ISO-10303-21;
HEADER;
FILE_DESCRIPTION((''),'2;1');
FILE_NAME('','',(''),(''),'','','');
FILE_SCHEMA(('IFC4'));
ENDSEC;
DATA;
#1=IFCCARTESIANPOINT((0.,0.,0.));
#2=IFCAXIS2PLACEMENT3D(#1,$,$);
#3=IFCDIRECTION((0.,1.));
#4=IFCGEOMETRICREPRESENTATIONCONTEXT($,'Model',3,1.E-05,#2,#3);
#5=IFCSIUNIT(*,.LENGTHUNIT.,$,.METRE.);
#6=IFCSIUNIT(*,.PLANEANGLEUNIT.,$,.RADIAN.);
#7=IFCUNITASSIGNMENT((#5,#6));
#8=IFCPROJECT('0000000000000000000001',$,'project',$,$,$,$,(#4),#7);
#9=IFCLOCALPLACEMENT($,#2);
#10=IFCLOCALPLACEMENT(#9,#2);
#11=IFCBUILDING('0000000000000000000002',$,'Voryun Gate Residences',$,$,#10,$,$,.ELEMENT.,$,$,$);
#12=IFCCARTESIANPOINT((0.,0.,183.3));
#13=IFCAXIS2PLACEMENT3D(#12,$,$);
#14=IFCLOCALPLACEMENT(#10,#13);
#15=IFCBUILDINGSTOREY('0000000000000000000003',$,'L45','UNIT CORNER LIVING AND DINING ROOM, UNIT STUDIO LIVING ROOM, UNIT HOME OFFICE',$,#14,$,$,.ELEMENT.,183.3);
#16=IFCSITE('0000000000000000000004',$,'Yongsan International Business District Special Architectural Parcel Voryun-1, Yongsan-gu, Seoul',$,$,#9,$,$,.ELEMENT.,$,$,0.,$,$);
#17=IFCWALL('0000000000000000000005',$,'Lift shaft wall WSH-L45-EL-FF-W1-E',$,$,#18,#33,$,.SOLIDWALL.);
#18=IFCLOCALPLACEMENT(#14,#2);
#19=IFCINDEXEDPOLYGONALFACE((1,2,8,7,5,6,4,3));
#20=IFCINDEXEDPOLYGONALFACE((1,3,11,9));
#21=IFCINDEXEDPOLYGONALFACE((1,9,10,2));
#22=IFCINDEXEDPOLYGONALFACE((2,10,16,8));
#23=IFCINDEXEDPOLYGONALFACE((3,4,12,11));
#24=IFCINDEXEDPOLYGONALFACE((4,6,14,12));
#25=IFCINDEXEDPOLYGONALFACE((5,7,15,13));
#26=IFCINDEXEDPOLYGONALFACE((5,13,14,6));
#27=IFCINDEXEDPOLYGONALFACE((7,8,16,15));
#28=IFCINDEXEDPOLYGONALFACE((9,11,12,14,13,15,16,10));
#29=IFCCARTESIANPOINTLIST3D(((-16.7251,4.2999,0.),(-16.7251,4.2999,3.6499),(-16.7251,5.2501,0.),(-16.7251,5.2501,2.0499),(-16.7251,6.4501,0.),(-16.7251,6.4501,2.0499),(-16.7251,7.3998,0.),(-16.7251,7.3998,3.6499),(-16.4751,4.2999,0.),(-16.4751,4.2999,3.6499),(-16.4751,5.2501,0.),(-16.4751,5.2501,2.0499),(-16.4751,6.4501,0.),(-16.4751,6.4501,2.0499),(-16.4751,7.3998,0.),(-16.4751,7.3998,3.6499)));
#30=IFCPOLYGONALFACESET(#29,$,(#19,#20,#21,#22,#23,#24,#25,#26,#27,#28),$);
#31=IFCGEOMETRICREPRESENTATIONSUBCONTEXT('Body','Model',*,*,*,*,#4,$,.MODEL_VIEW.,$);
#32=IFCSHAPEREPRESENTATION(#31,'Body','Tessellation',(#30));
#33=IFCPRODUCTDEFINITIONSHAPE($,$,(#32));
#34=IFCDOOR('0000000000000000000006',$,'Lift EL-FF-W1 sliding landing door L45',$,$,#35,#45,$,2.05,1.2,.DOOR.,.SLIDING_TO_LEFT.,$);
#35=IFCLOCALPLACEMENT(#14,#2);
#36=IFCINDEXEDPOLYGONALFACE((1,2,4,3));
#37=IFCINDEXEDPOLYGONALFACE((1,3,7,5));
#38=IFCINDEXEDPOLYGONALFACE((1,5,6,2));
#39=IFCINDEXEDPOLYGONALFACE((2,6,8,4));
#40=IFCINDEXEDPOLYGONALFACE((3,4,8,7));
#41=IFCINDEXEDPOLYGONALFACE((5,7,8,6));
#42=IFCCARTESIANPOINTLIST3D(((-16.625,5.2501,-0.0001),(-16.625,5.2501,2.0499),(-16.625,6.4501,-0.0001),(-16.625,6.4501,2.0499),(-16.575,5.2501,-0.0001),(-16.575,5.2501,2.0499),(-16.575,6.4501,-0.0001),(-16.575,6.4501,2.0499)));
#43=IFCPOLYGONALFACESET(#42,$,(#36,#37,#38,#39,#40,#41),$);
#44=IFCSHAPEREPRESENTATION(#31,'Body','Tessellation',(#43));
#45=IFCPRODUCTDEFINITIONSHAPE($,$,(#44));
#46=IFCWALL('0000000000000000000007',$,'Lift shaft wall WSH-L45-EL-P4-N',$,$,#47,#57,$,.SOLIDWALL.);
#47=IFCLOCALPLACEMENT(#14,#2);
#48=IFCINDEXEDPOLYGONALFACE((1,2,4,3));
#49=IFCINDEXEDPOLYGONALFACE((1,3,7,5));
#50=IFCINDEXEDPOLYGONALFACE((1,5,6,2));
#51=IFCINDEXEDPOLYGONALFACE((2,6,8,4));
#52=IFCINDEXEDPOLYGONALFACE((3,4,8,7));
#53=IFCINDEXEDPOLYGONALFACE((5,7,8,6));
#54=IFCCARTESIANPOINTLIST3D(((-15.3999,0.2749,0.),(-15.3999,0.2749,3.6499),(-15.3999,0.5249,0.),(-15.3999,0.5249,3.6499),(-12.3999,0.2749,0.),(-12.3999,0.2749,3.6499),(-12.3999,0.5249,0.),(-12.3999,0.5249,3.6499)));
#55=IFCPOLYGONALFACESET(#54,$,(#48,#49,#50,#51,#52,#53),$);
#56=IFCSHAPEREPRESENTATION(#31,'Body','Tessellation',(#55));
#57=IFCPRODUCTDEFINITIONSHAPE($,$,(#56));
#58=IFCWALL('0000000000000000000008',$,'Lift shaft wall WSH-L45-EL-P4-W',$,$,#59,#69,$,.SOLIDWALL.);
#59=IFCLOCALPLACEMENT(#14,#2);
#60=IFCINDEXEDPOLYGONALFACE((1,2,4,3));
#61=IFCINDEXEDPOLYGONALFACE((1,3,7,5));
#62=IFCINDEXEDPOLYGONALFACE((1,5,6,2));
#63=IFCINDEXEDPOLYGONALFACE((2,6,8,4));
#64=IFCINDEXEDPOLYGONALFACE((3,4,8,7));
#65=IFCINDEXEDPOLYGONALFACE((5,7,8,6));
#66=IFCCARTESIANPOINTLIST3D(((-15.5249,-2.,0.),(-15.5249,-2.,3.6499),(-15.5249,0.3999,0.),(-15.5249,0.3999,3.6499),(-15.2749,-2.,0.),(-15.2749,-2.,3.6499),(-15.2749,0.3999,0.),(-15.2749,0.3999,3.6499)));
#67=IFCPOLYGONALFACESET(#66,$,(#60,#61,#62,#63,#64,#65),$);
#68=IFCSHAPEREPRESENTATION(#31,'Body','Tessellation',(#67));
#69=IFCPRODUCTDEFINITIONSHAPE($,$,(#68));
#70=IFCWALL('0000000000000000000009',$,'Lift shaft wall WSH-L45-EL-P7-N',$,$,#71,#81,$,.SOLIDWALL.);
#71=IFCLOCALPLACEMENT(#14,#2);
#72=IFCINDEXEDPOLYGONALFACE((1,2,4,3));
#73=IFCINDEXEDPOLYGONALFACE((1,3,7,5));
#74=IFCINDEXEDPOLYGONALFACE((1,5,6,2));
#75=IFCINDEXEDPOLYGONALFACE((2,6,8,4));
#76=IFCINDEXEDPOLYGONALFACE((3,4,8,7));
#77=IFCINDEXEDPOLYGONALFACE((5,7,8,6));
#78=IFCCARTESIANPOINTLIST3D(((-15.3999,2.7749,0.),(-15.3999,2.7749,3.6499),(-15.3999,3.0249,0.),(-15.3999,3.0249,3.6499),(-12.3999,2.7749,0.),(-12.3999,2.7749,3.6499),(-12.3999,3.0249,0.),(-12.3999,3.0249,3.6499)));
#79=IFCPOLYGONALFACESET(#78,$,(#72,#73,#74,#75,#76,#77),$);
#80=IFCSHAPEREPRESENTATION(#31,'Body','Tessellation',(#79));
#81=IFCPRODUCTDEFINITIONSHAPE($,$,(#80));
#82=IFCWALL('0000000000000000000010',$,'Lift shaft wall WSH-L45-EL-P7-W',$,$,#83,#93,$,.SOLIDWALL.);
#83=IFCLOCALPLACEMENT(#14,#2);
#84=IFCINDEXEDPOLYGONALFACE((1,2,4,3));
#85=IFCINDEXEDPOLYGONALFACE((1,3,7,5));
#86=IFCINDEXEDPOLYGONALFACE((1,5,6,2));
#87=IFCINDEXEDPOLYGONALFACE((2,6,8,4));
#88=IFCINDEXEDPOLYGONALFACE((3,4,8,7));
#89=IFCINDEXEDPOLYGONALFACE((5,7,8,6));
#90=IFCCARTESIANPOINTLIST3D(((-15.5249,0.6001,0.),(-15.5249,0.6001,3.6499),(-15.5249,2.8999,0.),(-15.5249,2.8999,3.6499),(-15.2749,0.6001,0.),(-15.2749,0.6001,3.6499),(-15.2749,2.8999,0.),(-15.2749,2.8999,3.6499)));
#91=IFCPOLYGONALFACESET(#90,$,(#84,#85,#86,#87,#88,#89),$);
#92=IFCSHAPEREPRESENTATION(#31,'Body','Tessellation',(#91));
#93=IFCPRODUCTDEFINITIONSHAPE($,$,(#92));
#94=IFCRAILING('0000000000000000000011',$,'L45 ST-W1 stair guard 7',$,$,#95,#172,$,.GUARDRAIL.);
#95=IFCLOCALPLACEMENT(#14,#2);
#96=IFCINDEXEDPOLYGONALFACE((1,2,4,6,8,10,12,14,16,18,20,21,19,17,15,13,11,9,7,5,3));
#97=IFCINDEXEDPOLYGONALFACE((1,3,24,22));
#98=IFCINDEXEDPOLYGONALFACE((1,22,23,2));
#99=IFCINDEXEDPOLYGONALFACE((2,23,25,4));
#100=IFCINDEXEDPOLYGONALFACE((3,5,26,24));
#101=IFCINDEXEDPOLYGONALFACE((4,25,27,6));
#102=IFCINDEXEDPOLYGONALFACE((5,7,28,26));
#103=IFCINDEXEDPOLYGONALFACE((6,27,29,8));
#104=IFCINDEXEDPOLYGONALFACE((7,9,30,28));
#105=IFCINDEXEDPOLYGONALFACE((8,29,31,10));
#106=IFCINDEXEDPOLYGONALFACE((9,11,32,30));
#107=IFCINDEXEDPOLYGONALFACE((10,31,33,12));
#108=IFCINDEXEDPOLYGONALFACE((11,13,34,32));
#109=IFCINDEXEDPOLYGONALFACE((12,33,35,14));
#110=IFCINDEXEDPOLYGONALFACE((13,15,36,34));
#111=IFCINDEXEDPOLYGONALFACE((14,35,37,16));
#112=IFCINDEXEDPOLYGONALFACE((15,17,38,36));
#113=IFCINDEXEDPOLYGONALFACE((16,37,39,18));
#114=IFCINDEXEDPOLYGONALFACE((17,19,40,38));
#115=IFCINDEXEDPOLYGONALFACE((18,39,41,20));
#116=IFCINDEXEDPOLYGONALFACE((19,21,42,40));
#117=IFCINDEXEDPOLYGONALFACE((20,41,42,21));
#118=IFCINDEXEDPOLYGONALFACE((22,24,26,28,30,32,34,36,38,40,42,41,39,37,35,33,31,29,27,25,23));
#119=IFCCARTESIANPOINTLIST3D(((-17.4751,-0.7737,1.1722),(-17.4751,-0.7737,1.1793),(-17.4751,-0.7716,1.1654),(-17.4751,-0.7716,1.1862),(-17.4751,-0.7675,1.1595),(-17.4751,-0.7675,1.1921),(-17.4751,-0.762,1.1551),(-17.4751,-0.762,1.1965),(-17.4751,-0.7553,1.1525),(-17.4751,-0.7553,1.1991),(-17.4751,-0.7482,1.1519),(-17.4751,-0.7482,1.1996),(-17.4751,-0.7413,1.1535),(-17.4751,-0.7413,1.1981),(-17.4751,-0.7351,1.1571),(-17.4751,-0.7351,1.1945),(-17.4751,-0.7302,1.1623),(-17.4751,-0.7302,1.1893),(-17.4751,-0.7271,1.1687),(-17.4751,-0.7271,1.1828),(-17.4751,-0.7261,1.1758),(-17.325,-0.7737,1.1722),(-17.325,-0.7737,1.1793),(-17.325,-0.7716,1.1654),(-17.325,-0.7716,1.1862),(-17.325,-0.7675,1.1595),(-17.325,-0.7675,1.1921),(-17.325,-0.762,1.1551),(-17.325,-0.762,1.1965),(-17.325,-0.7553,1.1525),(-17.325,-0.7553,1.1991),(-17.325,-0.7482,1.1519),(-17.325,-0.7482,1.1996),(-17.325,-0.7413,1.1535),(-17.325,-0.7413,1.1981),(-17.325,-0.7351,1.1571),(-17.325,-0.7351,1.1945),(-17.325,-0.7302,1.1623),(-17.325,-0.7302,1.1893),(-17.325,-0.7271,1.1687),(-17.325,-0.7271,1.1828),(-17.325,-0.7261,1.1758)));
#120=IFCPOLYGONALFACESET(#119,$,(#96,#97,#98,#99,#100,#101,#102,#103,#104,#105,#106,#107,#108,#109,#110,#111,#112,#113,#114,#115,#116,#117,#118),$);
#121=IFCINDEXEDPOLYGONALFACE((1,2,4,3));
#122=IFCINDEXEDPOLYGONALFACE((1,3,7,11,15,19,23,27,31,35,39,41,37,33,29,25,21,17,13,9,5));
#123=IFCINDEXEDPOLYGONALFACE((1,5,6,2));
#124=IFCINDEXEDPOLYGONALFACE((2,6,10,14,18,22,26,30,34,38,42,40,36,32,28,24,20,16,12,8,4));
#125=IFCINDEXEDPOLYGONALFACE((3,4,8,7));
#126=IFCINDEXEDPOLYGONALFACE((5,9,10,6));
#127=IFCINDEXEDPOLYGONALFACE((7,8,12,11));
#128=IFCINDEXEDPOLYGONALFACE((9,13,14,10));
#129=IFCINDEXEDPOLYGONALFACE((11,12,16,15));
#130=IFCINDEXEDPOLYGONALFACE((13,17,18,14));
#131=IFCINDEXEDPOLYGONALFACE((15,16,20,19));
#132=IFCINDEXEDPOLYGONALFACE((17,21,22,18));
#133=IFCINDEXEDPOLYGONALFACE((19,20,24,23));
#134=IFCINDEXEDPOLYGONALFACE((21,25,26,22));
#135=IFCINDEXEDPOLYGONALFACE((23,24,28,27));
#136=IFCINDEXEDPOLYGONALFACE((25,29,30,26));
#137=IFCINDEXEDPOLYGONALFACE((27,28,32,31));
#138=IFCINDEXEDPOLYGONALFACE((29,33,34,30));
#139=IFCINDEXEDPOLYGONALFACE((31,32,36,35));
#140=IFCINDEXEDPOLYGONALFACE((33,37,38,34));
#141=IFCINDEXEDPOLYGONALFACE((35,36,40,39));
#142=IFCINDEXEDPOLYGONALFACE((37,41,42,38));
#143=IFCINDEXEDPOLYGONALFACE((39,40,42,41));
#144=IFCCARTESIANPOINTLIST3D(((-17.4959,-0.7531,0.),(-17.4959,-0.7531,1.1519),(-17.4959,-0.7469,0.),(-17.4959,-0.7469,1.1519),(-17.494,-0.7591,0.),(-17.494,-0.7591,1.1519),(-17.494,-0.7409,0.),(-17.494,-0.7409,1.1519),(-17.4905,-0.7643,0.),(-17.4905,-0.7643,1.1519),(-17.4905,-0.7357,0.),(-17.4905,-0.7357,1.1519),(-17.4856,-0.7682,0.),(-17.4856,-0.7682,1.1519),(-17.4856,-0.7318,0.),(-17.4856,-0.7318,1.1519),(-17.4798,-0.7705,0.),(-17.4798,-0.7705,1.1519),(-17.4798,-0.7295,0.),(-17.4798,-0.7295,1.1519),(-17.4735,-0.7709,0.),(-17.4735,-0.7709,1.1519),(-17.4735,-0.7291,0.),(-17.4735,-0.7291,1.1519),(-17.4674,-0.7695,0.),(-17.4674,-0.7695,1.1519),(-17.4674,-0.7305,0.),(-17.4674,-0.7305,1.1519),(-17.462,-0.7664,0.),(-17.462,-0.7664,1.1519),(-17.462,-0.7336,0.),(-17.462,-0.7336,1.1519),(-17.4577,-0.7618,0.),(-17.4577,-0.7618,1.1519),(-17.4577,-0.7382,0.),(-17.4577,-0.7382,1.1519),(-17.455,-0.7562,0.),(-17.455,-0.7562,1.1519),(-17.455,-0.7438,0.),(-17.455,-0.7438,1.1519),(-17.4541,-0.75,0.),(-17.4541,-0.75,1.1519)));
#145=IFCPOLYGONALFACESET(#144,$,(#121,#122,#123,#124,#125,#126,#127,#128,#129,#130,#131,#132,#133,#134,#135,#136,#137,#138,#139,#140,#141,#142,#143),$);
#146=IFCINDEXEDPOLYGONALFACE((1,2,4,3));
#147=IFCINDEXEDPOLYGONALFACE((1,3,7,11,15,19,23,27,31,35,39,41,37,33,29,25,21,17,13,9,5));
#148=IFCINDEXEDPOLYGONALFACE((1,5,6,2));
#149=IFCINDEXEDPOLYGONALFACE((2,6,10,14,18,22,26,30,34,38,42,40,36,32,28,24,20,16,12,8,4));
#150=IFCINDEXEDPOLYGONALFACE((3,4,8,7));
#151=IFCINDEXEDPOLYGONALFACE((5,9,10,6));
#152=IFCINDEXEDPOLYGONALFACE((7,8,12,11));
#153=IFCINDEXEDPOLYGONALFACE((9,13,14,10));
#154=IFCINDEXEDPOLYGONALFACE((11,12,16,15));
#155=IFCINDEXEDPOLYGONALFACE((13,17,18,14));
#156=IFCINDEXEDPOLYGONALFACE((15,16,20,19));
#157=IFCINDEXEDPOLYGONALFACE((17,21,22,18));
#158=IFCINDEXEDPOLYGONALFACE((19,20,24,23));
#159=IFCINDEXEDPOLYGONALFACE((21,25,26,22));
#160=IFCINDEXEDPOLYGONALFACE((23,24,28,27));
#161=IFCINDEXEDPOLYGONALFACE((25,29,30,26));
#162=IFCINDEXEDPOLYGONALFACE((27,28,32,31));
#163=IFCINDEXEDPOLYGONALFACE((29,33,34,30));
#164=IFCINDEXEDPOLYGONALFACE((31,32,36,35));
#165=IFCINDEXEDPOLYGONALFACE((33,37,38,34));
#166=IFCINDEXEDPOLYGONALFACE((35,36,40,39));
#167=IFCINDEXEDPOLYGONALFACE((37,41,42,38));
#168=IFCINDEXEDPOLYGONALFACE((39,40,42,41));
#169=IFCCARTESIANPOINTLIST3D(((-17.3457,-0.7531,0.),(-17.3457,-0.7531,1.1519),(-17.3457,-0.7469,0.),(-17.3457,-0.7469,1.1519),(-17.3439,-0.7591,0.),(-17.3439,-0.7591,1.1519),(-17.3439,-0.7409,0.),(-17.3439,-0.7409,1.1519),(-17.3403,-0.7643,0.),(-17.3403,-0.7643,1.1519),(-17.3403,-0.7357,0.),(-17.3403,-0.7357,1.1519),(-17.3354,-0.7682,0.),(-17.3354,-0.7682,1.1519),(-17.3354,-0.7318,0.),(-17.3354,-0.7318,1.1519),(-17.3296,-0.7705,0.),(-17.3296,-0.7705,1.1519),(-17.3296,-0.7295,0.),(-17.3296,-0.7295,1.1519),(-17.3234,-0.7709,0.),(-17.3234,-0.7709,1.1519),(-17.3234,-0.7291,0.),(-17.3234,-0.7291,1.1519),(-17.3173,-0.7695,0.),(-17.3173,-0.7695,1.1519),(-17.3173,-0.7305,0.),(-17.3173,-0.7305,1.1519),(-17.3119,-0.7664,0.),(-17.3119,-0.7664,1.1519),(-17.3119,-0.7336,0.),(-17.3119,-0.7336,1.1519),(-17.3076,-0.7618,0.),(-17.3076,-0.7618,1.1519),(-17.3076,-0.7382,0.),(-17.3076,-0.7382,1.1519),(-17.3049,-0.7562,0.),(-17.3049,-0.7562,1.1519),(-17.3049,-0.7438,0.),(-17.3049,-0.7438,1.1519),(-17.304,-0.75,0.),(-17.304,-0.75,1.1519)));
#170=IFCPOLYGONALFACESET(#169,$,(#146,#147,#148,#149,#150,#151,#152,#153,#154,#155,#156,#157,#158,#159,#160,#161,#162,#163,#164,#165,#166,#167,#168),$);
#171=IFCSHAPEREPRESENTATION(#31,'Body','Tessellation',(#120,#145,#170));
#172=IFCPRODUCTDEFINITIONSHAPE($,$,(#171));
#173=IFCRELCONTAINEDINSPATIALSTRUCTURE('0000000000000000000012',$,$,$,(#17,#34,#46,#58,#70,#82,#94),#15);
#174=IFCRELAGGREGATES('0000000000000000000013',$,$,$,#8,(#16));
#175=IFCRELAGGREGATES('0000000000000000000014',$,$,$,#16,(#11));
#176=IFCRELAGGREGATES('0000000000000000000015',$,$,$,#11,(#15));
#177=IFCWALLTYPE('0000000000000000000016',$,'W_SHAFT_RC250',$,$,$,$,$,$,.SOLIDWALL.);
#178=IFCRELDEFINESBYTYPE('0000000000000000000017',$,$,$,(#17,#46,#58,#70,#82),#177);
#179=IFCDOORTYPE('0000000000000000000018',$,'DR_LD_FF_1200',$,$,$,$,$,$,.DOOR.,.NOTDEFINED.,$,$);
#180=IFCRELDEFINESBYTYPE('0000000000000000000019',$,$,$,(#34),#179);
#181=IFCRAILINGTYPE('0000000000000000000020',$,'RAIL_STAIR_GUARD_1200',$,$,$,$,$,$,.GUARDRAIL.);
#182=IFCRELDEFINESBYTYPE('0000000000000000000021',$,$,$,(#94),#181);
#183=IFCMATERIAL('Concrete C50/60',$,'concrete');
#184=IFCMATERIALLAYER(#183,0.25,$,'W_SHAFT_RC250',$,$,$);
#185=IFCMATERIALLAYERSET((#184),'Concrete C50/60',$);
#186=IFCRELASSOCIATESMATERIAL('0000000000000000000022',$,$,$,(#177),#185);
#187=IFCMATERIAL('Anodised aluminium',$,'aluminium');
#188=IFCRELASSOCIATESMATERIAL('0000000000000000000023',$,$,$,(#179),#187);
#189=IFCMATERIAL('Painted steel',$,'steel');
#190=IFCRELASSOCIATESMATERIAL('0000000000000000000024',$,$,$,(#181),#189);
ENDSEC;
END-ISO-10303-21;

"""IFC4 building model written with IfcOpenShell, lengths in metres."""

from ifc_helpers import new_model, si_unit, direction, frame, frame_2d, origin, origin_2d, place, context, subcontext, project, spatial, rectangle, circle, extrude, material, layer, layer_set, type_object, element, fill, save


model = new_model("IFC4")

# Units and contexts
model_context = context("Model", 3, precision=1e-05, world=origin(), true_north=direction((0.0, 1.0)))
body_context = subcontext(model_context, "Body", "Model", "MODEL_VIEW")
ifc_project = project(units=[si_unit("LENGTHUNIT", "METRE"), si_unit("PLANEANGLEUNIT", "RADIAN")], contexts=[model_context])

# Site, building, storey
site_placement = place(None, origin())
site = spatial("IfcSite", under=ifc_project, at=site_placement, Name="Yongsan International Business District Special Architectural Parcel Voryun-1, Yongsan-gu, Seoul", CompositionType="ELEMENT", RefElevation=0.0)
building_placement = place(site_placement, origin())
building = spatial("IfcBuilding", under=site, at=building_placement, Name="Voryun Gate Residences", CompositionType="ELEMENT")
storey_placement = place(building_placement, frame((0.0, 0.0, 183.3)))
storey = spatial("IfcBuildingStorey", under=building, at=storey_placement, Name="L45", Description="UNIT CORNER LIVING AND DINING ROOM, UNIT STUDIO LIVING ROOM, UNIT HOME OFFICE", CompositionType="ELEMENT", Elevation=183.3)

# Wall, opening, door
ifc_material_1 = material(Name="Concrete C50/60", Category="concrete")
ifc_layer_1 = layer(ifc_material_1, 0.25, Name="W_SHAFT_RC250")
ifc_layer_set_1 = layer_set([ifc_layer_1], Name="Concrete C50/60")
wall_type_1 = type_object("IfcWallType", Name="W_SHAFT_RC250", PredefinedType="SOLIDWALL", material=ifc_layer_set_1)
wall_1_placement = place(storey_placement, frame((-16.6001, 4.3, 0.0), z_axis=(0.0, 0.0, 1.0), x_axis=(0.0, 1.0, 0.0)))
wall_1 = element("IfcWall", 1, at=wall_1_placement, inside=storey, type_object=wall_type_1, Name="Lift shaft wall WSH-L45-EL-FF-W1-E", PredefinedType="SOLIDWALL", context=body_context, shape_type="SweptSolid", body=[
    extrude(rectangle(XDim=3.0999, YDim=0.25, at=frame_2d((1.5498, 0.0))), origin(), (0.0, 0.0, 1.0), 3.6499),
])
opening_1_placement = place(wall_1_placement, frame((0.95, 0.0, 0.0)))
opening_1 = element("IfcOpeningElement", 2, at=opening_1_placement, cuts=wall_1, PredefinedType="OPENING", context=body_context, shape_type="SweptSolid", body=[
    extrude(rectangle(XDim=1.2, YDim=2.05, at=frame_2d((0.6001, 1.0249))), frame((0.0, 0.135, 0.0), z_axis=(0.0, -1.0, 0.0), x_axis=(1.0, 0.0, 0.0)), (0.0, 0.0, 1.0), 0.27),
])
ifc_material_2 = material(Name="Anodised aluminium", Category="aluminium")
door_type_1 = type_object("IfcDoorType", Name="DR_LD_FF_1200", OperationType="NOTDEFINED", PredefinedType="DOOR", material=ifc_material_2)
door_1_placement = place(opening_1_placement, origin())
door_1 = element("IfcDoor", 3, at=door_1_placement, inside=storey, type_object=door_type_1, Name="Lift EL-FF-W1 sliding landing door L45", OperationType="SLIDING_TO_LEFT", OverallHeight=2.05, OverallWidth=1.2, PredefinedType="DOOR", context=body_context, shape_type="SweptSolid", body=[
    extrude(rectangle(XDim=1.2, YDim=2.05, at=frame_2d((0.6001, 1.0249))), frame((0.0, 0.0249, 0.0), z_axis=(0.0, -1.0, 0.0), x_axis=(1.0, 0.0, 0.0)), (0.0, 0.0, 1.0), 0.05),
])
fill(opening_1, door_1)

# Walls
wall_2_placement = place(storey_placement, frame((-12.3999, 0.3999, 0.0), z_axis=(0.0, 0.0, 1.0), x_axis=(-1.0, 0.0, 0.0)))
element("IfcWall", 4, at=wall_2_placement, inside=storey, type_object=wall_type_1, Name="Lift shaft wall WSH-L45-EL-P4-N", PredefinedType="SOLIDWALL", context=body_context, shape_type="SweptSolid", body=[
    extrude(rectangle(XDim=3.0, YDim=0.25, at=frame_2d((1.5, 0.0))), origin(), (0.0, 0.0, 1.0), 3.6499),
])
wall_3_placement = place(storey_placement, frame((-15.3999, 0.3999, 0.0), z_axis=(0.0, 0.0, 1.0), x_axis=(0.0, -1.0, 0.0)))
element("IfcWall", 5, at=wall_3_placement, inside=storey, type_object=wall_type_1, Name="Lift shaft wall WSH-L45-EL-P4-W", PredefinedType="SOLIDWALL", context=body_context, shape_type="SweptSolid", body=[
    extrude(rectangle(XDim=2.3999, YDim=0.25, at=frame_2d((1.2, 0.0))), origin(), (0.0, 0.0, 1.0), 3.6499),
])
wall_4_placement = place(storey_placement, frame((-12.3999, 2.8999, 0.0), z_axis=(0.0, 0.0, 1.0), x_axis=(-1.0, 0.0, 0.0)))
element("IfcWall", 6, at=wall_4_placement, inside=storey, type_object=wall_type_1, Name="Lift shaft wall WSH-L45-EL-P7-N", PredefinedType="SOLIDWALL", context=body_context, shape_type="SweptSolid", body=[
    extrude(rectangle(XDim=3.0, YDim=0.25, at=frame_2d((1.5, 0.0))), origin(), (0.0, 0.0, 1.0), 3.6499),
])
wall_5_placement = place(storey_placement, frame((-15.3999, 2.8999, 0.0), z_axis=(0.0, 0.0, 1.0), x_axis=(0.0, -1.0, 0.0)))
element("IfcWall", 7, at=wall_5_placement, inside=storey, type_object=wall_type_1, Name="Lift shaft wall WSH-L45-EL-P7-W", PredefinedType="SOLIDWALL", context=body_context, shape_type="SweptSolid", body=[
    extrude(rectangle(XDim=2.2998, YDim=0.25, at=frame_2d((1.1499, 0.0))), origin(), (0.0, 0.0, 1.0), 3.6499),
])

# Railing
ifc_material_3 = material(Name="Painted steel", Category="steel")
railing_type = type_object("IfcRailingType", Name="RAIL_STAIR_GUARD_1200", PredefinedType="GUARDRAIL", material=ifc_material_3)
railing_1_placement = place(storey_placement, frame((-17.4751, -0.75, 0.0)))
element("IfcRailing", 8, at=railing_1_placement, inside=storey, type_object=railing_type, Name="L45 ST-W1 stair guard 7", PredefinedType="GUARDRAIL", context=body_context, shape_type="SweptSolid", body=[
    extrude(circle(Radius=0.0239, at=origin_2d()), frame((0.0, 0.0, 1.1758), z_axis=(1.0, 0.0, 0.0), x_axis=(0.0, 1.0, 0.0)), (0.0, 0.0, 1.0), 0.1501),
    extrude(circle(Radius=0.021, at=origin_2d()), origin(), (0.0, 0.0, 1.0), 1.1519),
    extrude(circle(Radius=0.021, at=origin_2d()), frame((0.1501, 0.0, 0.0)), (0.0, 0.0, 1.0), 1.1519),
])

save(model, "model.ifc")
